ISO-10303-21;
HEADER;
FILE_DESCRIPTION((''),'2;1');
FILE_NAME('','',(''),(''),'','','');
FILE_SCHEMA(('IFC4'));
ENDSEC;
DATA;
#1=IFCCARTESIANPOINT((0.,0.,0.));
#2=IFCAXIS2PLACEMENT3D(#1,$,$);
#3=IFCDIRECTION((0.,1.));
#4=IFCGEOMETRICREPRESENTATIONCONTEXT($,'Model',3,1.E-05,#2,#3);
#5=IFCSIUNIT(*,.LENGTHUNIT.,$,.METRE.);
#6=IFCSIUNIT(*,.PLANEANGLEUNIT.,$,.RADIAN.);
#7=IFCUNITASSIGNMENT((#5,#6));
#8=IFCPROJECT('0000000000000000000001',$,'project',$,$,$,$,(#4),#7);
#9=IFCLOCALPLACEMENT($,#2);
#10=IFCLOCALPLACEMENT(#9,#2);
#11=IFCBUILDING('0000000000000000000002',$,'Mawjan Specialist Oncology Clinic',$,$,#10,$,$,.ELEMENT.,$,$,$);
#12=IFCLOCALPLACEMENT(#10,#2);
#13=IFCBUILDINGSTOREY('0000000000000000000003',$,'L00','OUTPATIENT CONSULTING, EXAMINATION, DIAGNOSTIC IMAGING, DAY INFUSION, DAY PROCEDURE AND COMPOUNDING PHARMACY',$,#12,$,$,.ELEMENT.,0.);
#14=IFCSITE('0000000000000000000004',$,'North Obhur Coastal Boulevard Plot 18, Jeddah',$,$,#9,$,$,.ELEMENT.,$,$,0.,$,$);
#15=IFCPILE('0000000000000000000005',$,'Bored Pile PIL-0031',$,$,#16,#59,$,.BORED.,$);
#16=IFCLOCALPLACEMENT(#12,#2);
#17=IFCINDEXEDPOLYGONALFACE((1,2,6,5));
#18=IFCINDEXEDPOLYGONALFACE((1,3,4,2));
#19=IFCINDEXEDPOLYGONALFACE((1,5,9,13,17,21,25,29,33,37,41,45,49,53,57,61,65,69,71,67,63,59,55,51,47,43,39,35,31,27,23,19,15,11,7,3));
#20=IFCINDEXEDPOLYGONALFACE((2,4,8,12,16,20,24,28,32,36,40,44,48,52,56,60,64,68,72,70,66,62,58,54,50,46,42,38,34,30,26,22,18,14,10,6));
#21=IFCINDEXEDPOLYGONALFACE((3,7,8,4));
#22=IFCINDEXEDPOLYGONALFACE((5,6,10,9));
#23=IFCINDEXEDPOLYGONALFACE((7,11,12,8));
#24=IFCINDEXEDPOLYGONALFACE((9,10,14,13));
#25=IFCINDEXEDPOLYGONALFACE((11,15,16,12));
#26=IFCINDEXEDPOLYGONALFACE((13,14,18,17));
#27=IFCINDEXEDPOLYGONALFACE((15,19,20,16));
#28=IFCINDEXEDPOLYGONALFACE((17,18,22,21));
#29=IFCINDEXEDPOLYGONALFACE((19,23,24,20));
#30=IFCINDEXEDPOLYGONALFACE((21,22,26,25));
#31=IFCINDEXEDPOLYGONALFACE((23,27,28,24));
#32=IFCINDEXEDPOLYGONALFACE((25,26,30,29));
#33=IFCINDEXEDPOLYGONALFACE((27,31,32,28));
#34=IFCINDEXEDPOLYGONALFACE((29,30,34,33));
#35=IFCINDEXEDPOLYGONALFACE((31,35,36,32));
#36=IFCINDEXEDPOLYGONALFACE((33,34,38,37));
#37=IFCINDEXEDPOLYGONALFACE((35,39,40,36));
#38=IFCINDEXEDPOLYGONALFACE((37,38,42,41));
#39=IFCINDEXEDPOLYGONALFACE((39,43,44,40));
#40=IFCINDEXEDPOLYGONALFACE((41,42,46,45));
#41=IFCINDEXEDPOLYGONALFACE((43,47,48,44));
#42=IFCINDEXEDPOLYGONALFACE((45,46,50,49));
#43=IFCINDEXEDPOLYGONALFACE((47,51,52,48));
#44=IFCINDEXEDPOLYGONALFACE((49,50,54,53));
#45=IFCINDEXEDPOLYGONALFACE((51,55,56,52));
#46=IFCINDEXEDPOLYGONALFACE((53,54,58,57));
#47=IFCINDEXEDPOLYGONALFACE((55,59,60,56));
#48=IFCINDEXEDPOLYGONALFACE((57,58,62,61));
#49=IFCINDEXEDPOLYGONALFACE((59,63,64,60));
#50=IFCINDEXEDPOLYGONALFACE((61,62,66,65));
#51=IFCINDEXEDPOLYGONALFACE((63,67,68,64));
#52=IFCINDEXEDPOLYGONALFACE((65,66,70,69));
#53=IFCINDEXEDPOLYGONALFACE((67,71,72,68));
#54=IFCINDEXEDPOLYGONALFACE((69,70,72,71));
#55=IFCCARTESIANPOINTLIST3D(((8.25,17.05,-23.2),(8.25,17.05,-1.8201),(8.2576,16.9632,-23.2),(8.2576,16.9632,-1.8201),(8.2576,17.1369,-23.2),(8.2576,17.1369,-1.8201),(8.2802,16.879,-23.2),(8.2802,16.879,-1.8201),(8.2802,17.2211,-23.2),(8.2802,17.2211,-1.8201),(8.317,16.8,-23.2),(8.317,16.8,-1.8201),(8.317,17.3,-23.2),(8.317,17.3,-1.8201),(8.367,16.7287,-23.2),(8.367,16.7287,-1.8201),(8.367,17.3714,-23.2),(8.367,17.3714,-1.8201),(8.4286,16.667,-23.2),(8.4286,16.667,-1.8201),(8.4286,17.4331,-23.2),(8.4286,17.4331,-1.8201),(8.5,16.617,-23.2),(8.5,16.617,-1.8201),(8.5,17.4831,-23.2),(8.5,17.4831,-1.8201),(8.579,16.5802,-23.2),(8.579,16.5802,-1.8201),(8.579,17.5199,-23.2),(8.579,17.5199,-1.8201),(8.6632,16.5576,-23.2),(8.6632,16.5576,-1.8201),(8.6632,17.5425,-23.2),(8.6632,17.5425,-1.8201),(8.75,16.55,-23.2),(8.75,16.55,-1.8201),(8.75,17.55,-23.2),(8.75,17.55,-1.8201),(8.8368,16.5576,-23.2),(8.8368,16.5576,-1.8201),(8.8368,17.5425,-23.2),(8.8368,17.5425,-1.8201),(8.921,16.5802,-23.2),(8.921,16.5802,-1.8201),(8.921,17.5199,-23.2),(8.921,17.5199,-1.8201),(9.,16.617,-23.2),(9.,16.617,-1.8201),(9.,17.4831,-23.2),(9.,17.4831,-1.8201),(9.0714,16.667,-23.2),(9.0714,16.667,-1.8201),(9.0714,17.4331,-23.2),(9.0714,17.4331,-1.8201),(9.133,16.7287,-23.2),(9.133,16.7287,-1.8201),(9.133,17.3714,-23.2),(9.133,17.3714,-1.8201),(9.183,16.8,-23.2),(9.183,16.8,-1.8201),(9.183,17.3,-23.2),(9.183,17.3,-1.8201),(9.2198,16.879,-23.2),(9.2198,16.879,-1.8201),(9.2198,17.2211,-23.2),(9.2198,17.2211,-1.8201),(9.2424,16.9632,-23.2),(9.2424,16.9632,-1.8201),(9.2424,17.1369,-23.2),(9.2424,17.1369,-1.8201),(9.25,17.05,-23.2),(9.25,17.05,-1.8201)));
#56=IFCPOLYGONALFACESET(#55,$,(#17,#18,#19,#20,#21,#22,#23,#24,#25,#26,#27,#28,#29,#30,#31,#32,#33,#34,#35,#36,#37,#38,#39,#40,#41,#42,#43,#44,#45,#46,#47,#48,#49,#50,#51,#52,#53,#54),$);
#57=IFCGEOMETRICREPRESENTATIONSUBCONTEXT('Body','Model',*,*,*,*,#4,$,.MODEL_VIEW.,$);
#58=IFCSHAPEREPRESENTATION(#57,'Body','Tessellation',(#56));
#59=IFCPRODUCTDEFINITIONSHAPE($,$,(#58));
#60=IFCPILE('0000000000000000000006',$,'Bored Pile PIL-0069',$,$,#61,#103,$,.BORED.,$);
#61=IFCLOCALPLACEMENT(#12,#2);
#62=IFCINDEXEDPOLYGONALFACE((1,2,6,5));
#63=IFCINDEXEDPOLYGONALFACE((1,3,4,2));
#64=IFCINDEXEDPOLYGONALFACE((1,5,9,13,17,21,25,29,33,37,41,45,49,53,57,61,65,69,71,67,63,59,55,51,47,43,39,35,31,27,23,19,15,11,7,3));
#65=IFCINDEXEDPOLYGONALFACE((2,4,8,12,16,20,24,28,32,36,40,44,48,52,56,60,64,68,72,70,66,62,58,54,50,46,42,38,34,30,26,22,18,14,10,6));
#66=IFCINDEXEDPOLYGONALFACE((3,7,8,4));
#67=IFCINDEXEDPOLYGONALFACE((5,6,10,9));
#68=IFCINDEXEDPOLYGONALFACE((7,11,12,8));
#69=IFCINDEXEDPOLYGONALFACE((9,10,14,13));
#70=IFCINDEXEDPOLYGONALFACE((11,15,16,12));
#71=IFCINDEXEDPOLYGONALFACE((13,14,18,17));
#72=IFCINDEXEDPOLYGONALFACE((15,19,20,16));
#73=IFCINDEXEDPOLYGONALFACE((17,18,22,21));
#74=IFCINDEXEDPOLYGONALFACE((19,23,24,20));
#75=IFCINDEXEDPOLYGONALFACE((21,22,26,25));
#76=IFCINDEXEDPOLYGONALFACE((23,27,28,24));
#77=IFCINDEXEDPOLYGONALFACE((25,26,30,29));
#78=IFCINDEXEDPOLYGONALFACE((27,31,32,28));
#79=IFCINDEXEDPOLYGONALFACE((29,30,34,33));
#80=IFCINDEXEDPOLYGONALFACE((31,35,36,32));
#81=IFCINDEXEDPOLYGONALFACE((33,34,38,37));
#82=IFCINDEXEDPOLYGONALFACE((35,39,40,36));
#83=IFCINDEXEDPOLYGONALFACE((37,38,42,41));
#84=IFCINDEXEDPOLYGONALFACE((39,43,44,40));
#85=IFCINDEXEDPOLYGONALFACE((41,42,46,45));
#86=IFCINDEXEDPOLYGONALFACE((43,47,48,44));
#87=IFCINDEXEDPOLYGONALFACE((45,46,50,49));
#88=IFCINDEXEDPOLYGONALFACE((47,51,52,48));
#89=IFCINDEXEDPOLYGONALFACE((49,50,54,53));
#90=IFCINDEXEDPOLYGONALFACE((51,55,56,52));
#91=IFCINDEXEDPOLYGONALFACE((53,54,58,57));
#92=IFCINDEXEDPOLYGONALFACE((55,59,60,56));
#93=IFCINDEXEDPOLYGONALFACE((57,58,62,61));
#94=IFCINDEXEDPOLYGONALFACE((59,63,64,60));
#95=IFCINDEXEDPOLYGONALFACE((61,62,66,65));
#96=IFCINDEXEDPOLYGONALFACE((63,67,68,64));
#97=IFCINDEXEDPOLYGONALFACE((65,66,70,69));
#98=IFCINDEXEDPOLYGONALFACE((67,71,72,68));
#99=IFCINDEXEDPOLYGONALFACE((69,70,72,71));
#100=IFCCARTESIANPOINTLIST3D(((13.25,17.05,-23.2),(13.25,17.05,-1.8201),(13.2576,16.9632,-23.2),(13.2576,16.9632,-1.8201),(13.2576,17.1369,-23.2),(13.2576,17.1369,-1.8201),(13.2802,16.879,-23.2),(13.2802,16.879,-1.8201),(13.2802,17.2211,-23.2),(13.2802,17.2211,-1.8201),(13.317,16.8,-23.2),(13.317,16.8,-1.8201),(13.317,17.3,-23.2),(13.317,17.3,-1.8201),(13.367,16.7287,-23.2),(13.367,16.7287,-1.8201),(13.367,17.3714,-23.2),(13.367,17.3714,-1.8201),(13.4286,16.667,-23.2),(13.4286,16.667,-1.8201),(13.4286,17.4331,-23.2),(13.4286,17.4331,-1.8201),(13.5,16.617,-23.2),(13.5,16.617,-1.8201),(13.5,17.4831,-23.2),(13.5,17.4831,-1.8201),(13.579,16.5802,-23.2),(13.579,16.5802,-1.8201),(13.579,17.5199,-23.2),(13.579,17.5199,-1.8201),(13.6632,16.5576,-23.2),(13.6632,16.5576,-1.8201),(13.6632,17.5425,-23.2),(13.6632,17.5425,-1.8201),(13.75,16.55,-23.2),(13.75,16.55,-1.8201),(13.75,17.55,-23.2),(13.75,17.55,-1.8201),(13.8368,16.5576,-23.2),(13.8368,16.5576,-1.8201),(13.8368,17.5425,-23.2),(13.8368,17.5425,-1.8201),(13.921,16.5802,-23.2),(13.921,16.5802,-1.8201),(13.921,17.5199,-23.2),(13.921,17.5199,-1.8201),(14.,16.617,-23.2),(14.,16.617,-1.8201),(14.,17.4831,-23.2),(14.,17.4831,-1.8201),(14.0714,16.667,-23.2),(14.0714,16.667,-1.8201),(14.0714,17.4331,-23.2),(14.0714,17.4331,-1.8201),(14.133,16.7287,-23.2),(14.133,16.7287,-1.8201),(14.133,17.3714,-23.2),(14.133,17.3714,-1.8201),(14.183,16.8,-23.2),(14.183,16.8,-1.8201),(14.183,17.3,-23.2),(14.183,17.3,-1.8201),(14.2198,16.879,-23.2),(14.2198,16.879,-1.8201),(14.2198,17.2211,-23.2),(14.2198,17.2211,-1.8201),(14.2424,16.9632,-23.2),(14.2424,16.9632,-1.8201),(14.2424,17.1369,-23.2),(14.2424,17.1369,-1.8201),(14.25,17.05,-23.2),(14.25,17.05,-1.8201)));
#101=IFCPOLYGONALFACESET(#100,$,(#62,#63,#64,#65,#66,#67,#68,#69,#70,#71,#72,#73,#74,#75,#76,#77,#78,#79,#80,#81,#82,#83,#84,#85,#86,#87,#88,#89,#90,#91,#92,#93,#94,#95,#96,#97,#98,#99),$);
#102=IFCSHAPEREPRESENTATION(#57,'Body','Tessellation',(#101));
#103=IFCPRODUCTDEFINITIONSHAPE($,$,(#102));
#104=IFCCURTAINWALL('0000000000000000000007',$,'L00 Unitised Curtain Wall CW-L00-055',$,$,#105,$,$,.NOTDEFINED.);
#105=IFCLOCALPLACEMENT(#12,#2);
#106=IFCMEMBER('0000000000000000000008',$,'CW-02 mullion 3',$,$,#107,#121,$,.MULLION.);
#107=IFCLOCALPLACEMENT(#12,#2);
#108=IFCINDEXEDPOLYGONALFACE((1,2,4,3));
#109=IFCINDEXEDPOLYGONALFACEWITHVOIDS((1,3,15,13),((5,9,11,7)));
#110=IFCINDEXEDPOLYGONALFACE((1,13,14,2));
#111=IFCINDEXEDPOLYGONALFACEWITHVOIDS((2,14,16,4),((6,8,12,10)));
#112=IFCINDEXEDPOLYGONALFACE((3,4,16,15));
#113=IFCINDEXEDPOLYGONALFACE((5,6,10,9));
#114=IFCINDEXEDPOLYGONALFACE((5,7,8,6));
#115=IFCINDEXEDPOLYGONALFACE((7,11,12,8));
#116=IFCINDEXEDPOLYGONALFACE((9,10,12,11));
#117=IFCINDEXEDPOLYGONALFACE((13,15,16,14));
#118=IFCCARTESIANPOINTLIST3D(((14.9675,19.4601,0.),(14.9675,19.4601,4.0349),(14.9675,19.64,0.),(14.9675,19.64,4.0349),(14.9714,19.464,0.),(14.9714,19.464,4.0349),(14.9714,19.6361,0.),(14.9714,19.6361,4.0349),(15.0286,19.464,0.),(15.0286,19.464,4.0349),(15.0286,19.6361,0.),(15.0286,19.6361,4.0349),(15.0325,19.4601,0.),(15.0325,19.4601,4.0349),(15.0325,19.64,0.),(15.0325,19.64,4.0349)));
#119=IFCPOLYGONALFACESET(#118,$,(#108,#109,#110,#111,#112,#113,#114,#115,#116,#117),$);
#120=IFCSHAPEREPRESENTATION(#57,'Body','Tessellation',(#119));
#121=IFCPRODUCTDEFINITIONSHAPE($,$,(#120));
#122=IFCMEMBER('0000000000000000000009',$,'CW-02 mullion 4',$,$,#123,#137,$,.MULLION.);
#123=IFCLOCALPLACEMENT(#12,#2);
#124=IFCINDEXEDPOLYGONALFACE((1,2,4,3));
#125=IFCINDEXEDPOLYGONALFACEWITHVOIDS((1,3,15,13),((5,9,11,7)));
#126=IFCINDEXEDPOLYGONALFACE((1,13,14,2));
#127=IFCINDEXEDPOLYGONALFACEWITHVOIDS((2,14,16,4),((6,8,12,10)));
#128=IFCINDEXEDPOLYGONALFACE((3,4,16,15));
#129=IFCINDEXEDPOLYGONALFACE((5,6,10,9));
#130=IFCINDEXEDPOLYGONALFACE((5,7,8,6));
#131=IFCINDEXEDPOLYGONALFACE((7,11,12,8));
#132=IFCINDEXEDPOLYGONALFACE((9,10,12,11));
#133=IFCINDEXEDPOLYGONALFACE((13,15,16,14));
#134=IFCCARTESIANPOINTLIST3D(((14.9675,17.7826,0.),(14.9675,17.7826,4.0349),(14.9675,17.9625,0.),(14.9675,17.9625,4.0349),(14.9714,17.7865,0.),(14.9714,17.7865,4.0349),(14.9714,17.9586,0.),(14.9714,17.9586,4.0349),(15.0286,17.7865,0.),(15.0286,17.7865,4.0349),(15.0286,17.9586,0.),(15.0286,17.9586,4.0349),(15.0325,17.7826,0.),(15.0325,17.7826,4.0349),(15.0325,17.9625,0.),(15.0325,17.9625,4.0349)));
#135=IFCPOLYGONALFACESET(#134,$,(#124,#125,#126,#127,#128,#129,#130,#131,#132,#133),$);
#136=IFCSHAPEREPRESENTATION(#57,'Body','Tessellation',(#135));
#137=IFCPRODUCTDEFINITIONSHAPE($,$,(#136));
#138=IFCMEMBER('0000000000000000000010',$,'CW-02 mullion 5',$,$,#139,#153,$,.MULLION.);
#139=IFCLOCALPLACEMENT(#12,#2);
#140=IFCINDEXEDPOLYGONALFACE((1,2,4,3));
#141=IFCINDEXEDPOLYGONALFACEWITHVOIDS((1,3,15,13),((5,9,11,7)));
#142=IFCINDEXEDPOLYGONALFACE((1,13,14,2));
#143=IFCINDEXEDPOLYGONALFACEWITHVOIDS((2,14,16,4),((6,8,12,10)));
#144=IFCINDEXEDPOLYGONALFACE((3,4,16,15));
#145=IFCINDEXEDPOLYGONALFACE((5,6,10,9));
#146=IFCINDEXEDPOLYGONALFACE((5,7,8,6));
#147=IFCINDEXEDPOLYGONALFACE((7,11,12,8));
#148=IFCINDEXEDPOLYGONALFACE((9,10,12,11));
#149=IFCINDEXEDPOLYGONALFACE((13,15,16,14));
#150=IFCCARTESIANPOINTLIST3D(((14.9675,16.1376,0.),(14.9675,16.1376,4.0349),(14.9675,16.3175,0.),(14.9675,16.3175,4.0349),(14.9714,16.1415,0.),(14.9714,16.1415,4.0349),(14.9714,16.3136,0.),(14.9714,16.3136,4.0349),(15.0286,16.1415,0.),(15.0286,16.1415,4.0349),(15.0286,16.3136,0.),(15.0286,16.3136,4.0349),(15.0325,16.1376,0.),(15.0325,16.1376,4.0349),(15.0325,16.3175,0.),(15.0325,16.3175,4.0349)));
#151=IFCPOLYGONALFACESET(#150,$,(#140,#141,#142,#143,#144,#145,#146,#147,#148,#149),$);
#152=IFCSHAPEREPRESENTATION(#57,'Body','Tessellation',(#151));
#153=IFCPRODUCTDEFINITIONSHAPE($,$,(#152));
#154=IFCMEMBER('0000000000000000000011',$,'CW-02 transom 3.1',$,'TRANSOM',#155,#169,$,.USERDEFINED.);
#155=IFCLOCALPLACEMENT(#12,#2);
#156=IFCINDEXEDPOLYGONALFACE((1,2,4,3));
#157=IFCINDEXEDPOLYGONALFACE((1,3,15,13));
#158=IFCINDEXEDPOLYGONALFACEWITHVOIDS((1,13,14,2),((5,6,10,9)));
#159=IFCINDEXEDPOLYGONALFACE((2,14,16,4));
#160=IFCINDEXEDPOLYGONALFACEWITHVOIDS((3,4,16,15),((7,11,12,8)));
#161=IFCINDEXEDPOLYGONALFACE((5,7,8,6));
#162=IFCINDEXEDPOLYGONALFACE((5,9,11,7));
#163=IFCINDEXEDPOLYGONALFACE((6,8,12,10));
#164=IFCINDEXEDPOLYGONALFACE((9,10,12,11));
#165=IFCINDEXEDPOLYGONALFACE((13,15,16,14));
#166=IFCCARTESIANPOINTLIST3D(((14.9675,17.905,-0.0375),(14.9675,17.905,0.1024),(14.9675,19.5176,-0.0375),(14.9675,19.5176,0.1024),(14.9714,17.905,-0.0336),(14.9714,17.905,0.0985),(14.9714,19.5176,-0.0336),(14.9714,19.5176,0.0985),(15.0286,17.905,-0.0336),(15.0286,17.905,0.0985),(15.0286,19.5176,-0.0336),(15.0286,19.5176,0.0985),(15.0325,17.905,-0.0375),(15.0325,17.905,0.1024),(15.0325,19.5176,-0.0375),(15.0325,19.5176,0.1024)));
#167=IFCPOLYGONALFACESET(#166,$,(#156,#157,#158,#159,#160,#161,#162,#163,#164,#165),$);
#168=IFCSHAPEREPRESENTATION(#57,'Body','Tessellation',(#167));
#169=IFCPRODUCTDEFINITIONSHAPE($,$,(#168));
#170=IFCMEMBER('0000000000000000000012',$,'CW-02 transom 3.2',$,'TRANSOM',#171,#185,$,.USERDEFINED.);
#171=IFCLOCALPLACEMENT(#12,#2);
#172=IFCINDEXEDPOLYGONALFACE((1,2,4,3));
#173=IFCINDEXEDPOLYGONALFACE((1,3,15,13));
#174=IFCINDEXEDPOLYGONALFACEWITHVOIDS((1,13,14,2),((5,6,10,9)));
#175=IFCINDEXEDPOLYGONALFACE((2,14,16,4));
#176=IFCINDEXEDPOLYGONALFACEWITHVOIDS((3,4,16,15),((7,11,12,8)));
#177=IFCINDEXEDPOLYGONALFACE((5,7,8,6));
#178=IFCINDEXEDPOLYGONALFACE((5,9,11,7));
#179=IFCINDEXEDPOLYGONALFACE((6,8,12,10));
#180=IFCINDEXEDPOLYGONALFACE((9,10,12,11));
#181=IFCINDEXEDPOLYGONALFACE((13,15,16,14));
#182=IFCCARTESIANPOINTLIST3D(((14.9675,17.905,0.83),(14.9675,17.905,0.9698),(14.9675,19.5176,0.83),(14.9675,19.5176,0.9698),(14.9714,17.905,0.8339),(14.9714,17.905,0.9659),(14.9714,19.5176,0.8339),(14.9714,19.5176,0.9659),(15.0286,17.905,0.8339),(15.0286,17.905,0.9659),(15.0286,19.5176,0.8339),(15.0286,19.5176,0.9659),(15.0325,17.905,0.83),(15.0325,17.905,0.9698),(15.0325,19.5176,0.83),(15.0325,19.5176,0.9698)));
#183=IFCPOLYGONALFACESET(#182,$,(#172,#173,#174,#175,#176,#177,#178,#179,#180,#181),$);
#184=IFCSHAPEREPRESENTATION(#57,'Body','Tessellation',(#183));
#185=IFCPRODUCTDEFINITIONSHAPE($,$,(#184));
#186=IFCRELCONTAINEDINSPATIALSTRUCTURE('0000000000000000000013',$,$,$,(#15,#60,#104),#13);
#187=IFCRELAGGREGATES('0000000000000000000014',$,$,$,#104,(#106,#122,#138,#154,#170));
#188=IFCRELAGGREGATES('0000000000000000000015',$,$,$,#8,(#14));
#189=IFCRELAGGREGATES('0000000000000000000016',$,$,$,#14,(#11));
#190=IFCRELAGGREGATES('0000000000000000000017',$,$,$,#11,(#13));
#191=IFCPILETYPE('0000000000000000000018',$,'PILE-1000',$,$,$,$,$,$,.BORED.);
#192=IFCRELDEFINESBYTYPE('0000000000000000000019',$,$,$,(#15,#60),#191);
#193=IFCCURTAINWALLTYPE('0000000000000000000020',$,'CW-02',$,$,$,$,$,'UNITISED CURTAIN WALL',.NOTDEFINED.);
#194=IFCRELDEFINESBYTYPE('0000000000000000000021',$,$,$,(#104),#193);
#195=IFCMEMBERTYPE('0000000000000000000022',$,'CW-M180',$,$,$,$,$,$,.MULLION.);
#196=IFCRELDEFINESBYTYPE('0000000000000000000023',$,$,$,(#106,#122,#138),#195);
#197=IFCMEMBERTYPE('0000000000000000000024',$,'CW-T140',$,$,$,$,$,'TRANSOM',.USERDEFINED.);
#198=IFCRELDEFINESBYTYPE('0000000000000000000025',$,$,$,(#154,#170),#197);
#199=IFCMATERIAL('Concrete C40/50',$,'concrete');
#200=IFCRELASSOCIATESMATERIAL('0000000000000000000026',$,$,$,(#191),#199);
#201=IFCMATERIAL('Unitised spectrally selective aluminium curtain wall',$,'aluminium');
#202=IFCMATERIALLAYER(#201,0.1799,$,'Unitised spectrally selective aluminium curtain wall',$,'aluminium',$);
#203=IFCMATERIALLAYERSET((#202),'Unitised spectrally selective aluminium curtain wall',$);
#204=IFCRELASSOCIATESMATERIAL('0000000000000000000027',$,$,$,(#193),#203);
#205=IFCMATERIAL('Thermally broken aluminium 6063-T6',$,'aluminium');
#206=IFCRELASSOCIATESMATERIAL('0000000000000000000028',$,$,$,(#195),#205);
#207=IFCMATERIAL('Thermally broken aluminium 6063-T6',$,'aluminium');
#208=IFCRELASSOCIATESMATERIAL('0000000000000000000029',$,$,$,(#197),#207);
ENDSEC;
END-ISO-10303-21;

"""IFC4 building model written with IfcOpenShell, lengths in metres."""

from ifc_helpers import new_model, si_unit, direction, frame, origin, origin_2d, place, context, subcontext, project, spatial, hollow_rectangle, circle, extrude, material, layer, layer_set, material_profile, profile_set, type_object, element, aggregate, save


model = new_model("IFC4")

# Units and contexts
model_context = context("Model", 3, precision=1e-05, world=origin(), true_north=direction((0.0, 1.0)))
body_context = subcontext(model_context, "Body", "Model", "MODEL_VIEW")
ifc_project = project(units=[si_unit("LENGTHUNIT", "METRE"), si_unit("PLANEANGLEUNIT", "RADIAN")], contexts=[model_context])

# Site, building, storey
site_placement = place(None, origin())
site = spatial("IfcSite", under=ifc_project, at=site_placement, Name="North Obhur Coastal Boulevard Plot 18, Jeddah", CompositionType="ELEMENT", RefElevation=0.0)
building_placement = place(site_placement, origin())
building = spatial("IfcBuilding", under=site, at=building_placement, Name="Mawjan Specialist Oncology Clinic", CompositionType="ELEMENT")
storey_placement = place(building_placement, origin())
storey = spatial("IfcBuildingStorey", under=building, at=storey_placement, Name="L00", Description="OUTPATIENT CONSULTING, EXAMINATION, DIAGNOSTIC IMAGING, DAY INFUSION, DAY PROCEDURE AND COMPOUNDING PHARMACY", CompositionType="ELEMENT", Elevation=0.0)

# Piles
ifc_material_1 = material(Name="Concrete C40/50", Category="concrete")
ifc_material_profile_1 = material_profile(ifc_material_1, circle(Radius=0.5, at=origin_2d()), Name="BORED PILE D1000", Category="concrete")
ifc_profile_set_1 = profile_set([ifc_material_profile_1], Name="Concrete C40/50")
pile_type = type_object("IfcPileType", Name="PILE-1000", PredefinedType="BORED", material=ifc_profile_set_1)
for number, where, z_axis, x_axis, name in (
    (1, (8.75, 17.05, -1.8201), (0.0, 0.0, -1.0), (1.0, 0.0, 0.0), "Bored Pile PIL-0031"),
    (2, (13.75, 17.05, -1.8201), (0.0, 0.0, -1.0), (1.0, 0.0, 0.0), "Bored Pile PIL-0069"),
):
    element("IfcPile", number, at=place(storey_placement, frame(where, z_axis=z_axis, x_axis=x_axis)), inside=storey, type_object=pile_type, Name=name, PredefinedType="BORED", context=body_context, shape_type="SweptSolid", body=[
        extrude(circle(Radius=0.5, at=origin_2d()), origin(), (0.0, 0.0, 1.0), 21.3799),
    ])

# Curtain wall, members
ifc_material_2 = material(Name="Unitised spectrally selective aluminium curtain wall", Category="aluminium")
ifc_layer_1 = layer(ifc_material_2, 0.1799, Name="Unitised spectrally selective aluminium curtain wall", Category="aluminium")
ifc_layer_set_1 = layer_set([ifc_layer_1], Name="Unitised spectrally selective aluminium curtain wall")
curtain_wall_type = type_object("IfcCurtainWallType", Name="CW-02", ElementType="UNITISED CURTAIN WALL", PredefinedType="NOTDEFINED", material=ifc_layer_set_1)
curtain_wall_placement = place(storey_placement, origin())
curtain_wall = element("IfcCurtainWall", 3, at=curtain_wall_placement, inside=storey, type_object=curtain_wall_type, Name="L00 Unitised Curtain Wall CW-L00-055", PredefinedType="NOTDEFINED")
ifc_material_3 = material(Name="Thermally broken aluminium 6063-T6", Category="aluminium")
ifc_material_profile_2 = material_profile(ifc_material_3, hollow_rectangle(XDim=0.0649, YDim=0.1799, WallThickness=0.0039, at=origin_2d()), Name="ALU MULLION 180x65x4", Category="aluminium")
ifc_profile_set_2 = profile_set([ifc_material_profile_2], Name="Thermally broken aluminium 6063-T6")
member_type_1 = type_object("IfcMemberType", Name="CW-M180", PredefinedType="MULLION", material=ifc_profile_set_2)
member_1_placement = place(storey_placement, frame((15.0, 19.55, 0.0), z_axis=(0.0, 0.0, 1.0), x_axis=(1.0, 0.0, 0.0)))
member_1 = element("IfcMember", 4, at=member_1_placement, type_object=member_type_1, Name="CW-02 mullion 3", PredefinedType="MULLION", context=body_context, shape_type="SweptSolid", body=[
    extrude(hollow_rectangle(XDim=0.0649, YDim=0.1799, WallThickness=0.0039, at=origin_2d()), origin(), (0.0, 0.0, 1.0), 4.0349),
])
member_2_placement = place(storey_placement, frame((15.0, 17.8726, 0.0), z_axis=(0.0, 0.0, 1.0), x_axis=(1.0, 0.0, 0.0)))
member_2 = element("IfcMember", 5, at=member_2_placement, type_object=member_type_1, Name="CW-02 mullion 4", PredefinedType="MULLION", context=body_context, shape_type="SweptSolid", body=[
    extrude(hollow_rectangle(XDim=0.0649, YDim=0.1799, WallThickness=0.0039, at=origin_2d()), origin(), (0.0, 0.0, 1.0), 4.0349),
])
member_3_placement = place(storey_placement, frame((15.0, 16.2275, 0.0), z_axis=(0.0, 0.0, 1.0), x_axis=(1.0, 0.0, 0.0)))
member_3 = element("IfcMember", 6, at=member_3_placement, type_object=member_type_1, Name="CW-02 mullion 5", PredefinedType="MULLION", context=body_context, shape_type="SweptSolid", body=[
    extrude(hollow_rectangle(XDim=0.0649, YDim=0.1799, WallThickness=0.0039, at=origin_2d()), origin(), (0.0, 0.0, 1.0), 4.0349),
])
ifc_material_4 = material(Name="Thermally broken aluminium 6063-T6", Category="aluminium")
ifc_material_profile_3 = material_profile(ifc_material_4, hollow_rectangle(XDim=0.0649, YDim=0.1399, WallThickness=0.0039, at=origin_2d()), Name="ALU TRANSOM 140x65x4", Category="aluminium")
ifc_profile_set_3 = profile_set([ifc_material_profile_3], Name="Thermally broken aluminium 6063-T6")
member_type_2 = type_object("IfcMemberType", Name="CW-T140", ElementType="TRANSOM", PredefinedType="USERDEFINED", material=ifc_profile_set_3)
member_4_placement = place(storey_placement, frame((15.0, 19.5176, 0.0325), z_axis=(0.0, -1.0, 0.0), x_axis=(1.0, 0.0, 0.0)))
member_4 = element("IfcMember", 7, at=member_4_placement, type_object=member_type_2, Name="CW-02 transom 3.1", ObjectType="TRANSOM", PredefinedType="USERDEFINED", context=body_context, shape_type="SweptSolid", body=[
    extrude(hollow_rectangle(XDim=0.0649, YDim=0.1399, WallThickness=0.0039, at=origin_2d()), origin(), (0.0, 0.0, 1.0), 1.6125),
])
member_5_placement = place(storey_placement, frame((15.0, 19.5176, 0.8999), z_axis=(0.0, -1.0, 0.0), x_axis=(1.0, 0.0, 0.0)))
member_5 = element("IfcMember", 8, at=member_5_placement, type_object=member_type_2, Name="CW-02 transom 3.2", ObjectType="TRANSOM", PredefinedType="USERDEFINED", context=body_context, shape_type="SweptSolid", body=[
    extrude(hollow_rectangle(XDim=0.0649, YDim=0.1399, WallThickness=0.0039, at=origin_2d()), origin(), (0.0, 0.0, 1.0), 1.6125),
])
aggregate(curtain_wall, [member_1, member_2, member_3, member_4, member_5])

save(model, "model.ifc")
